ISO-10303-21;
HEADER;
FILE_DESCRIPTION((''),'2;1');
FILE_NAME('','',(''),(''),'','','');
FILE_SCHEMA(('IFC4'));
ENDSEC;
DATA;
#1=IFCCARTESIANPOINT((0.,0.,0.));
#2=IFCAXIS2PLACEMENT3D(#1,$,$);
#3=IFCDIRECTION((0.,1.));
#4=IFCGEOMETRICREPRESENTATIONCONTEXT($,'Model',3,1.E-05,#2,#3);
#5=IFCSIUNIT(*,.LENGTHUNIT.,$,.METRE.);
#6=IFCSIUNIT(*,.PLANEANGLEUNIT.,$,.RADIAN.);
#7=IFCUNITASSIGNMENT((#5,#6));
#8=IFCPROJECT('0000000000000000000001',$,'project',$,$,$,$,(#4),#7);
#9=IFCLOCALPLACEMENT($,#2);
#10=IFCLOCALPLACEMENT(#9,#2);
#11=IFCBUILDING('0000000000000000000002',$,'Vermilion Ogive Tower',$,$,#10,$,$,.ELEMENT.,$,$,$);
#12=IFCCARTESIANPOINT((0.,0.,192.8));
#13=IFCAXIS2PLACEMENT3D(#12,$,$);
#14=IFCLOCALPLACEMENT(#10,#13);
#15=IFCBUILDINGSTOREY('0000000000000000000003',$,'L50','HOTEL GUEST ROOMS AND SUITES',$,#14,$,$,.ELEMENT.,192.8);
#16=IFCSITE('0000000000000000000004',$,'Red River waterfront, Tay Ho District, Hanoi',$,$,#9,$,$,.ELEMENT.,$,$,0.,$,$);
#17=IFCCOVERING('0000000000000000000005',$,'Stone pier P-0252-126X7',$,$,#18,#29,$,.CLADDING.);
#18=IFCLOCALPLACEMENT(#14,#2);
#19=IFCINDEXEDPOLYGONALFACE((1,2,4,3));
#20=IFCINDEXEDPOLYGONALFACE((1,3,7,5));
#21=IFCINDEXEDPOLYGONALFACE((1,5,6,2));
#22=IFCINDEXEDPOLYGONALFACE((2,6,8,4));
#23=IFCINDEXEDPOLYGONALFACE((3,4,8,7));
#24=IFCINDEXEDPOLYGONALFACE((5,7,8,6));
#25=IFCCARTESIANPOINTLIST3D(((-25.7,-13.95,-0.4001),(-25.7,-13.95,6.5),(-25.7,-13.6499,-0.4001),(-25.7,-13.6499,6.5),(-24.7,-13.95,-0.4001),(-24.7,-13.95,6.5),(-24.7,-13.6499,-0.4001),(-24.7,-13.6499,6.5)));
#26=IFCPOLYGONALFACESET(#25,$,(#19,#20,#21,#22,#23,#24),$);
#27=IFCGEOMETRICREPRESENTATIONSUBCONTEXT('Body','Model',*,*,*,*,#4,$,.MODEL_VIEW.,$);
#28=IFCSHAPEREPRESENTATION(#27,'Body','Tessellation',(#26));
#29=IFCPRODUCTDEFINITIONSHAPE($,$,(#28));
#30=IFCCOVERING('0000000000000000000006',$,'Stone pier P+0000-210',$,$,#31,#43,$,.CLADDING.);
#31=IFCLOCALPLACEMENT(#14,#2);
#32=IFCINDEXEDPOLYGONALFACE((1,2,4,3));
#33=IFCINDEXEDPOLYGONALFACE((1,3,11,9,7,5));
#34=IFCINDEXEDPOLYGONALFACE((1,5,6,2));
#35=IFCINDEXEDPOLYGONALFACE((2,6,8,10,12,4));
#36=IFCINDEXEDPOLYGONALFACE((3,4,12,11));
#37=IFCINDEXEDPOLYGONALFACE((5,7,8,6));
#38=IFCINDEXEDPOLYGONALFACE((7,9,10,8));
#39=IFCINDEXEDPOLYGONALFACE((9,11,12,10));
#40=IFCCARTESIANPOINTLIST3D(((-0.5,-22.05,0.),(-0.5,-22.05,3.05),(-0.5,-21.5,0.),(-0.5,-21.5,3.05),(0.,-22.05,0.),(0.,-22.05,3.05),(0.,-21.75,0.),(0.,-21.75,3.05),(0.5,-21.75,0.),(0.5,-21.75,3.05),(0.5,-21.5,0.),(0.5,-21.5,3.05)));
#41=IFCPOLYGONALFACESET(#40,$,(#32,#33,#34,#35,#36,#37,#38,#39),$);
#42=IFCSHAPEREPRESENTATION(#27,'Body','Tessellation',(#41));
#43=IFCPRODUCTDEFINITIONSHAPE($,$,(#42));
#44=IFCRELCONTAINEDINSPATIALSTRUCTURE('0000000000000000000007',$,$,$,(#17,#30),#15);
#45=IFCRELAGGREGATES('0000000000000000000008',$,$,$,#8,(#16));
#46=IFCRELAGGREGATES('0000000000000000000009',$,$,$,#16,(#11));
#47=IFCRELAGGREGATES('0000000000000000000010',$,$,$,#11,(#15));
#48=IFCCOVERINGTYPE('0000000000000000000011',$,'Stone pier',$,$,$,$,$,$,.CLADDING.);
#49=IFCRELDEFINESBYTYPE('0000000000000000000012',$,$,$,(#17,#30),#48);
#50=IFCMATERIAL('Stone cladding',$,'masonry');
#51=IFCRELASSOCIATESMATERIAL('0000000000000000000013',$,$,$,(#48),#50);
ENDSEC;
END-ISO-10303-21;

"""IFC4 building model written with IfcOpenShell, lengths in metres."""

from ifc_helpers import new_model, si_unit, direction, frame, origin, place, context, subcontext, project, spatial, polyline, outline, extrude, material, type_object, element, save


model = new_model("IFC4")

# Units and contexts
model_context = context("Model", 3, precision=1e-05, world=origin(), true_north=direction((0.0, 1.0)))
body_context = subcontext(model_context, "Body", "Model", "MODEL_VIEW")
ifc_project = project(units=[si_unit("LENGTHUNIT", "METRE"), si_unit("PLANEANGLEUNIT", "RADIAN")], contexts=[model_context])

# Site, building, storey
site_placement = place(None, origin())
site = spatial("IfcSite", under=ifc_project, at=site_placement, Name="Red River waterfront, Tay Ho District, Hanoi", CompositionType="ELEMENT", RefElevation=0.0)
building_placement = place(site_placement, origin())
building = spatial("IfcBuilding", under=site, at=building_placement, Name="Vermilion Ogive Tower", CompositionType="ELEMENT")
storey_placement = place(building_placement, frame((0.0, 0.0, 192.8)))
storey = spatial("IfcBuildingStorey", under=building, at=storey_placement, Name="L50", Description="HOTEL GUEST ROOMS AND SUITES", CompositionType="ELEMENT", Elevation=192.8)

# Coverings
ifc_material_1 = material(Name="Stone cladding", Category="masonry")
covering_type = type_object("IfcCoveringType", Name="Stone pier", PredefinedType="CLADDING", material=ifc_material_1)
covering_1_placement = place(storey_placement, frame((0.0, 0.0, -0.4001)))
element("IfcCovering", 1, at=covering_1_placement, inside=storey, type_object=covering_type, Name="Stone pier P-0252-126X7", PredefinedType="CLADDING", context=body_context, shape_type="SweptSolid", body=[
    extrude(outline(polyline([(-25.7, -13.95), (-25.7, -13.6499), (-24.7, -13.6499), (-24.7, -13.95), (-25.7, -13.95)])), origin(), (0.0, 0.0, 1.0), 6.9001),
])
covering_2_placement = place(storey_placement, origin())
element("IfcCovering", 2, at=covering_2_placement, inside=storey, type_object=covering_type, Name="Stone pier P+0000-210", PredefinedType="CLADDING", context=body_context, shape_type="SweptSolid", body=[
    extrude(outline(polyline([(0.5, -21.75), (0.0, -21.75), (0.0, -22.05), (-0.5, -22.05), (-0.5, -21.5), (0.5, -21.5), (0.5, -21.75)])), origin(), (0.0, 0.0, 1.0), 3.05),
])

save(model, "model.ifc")
